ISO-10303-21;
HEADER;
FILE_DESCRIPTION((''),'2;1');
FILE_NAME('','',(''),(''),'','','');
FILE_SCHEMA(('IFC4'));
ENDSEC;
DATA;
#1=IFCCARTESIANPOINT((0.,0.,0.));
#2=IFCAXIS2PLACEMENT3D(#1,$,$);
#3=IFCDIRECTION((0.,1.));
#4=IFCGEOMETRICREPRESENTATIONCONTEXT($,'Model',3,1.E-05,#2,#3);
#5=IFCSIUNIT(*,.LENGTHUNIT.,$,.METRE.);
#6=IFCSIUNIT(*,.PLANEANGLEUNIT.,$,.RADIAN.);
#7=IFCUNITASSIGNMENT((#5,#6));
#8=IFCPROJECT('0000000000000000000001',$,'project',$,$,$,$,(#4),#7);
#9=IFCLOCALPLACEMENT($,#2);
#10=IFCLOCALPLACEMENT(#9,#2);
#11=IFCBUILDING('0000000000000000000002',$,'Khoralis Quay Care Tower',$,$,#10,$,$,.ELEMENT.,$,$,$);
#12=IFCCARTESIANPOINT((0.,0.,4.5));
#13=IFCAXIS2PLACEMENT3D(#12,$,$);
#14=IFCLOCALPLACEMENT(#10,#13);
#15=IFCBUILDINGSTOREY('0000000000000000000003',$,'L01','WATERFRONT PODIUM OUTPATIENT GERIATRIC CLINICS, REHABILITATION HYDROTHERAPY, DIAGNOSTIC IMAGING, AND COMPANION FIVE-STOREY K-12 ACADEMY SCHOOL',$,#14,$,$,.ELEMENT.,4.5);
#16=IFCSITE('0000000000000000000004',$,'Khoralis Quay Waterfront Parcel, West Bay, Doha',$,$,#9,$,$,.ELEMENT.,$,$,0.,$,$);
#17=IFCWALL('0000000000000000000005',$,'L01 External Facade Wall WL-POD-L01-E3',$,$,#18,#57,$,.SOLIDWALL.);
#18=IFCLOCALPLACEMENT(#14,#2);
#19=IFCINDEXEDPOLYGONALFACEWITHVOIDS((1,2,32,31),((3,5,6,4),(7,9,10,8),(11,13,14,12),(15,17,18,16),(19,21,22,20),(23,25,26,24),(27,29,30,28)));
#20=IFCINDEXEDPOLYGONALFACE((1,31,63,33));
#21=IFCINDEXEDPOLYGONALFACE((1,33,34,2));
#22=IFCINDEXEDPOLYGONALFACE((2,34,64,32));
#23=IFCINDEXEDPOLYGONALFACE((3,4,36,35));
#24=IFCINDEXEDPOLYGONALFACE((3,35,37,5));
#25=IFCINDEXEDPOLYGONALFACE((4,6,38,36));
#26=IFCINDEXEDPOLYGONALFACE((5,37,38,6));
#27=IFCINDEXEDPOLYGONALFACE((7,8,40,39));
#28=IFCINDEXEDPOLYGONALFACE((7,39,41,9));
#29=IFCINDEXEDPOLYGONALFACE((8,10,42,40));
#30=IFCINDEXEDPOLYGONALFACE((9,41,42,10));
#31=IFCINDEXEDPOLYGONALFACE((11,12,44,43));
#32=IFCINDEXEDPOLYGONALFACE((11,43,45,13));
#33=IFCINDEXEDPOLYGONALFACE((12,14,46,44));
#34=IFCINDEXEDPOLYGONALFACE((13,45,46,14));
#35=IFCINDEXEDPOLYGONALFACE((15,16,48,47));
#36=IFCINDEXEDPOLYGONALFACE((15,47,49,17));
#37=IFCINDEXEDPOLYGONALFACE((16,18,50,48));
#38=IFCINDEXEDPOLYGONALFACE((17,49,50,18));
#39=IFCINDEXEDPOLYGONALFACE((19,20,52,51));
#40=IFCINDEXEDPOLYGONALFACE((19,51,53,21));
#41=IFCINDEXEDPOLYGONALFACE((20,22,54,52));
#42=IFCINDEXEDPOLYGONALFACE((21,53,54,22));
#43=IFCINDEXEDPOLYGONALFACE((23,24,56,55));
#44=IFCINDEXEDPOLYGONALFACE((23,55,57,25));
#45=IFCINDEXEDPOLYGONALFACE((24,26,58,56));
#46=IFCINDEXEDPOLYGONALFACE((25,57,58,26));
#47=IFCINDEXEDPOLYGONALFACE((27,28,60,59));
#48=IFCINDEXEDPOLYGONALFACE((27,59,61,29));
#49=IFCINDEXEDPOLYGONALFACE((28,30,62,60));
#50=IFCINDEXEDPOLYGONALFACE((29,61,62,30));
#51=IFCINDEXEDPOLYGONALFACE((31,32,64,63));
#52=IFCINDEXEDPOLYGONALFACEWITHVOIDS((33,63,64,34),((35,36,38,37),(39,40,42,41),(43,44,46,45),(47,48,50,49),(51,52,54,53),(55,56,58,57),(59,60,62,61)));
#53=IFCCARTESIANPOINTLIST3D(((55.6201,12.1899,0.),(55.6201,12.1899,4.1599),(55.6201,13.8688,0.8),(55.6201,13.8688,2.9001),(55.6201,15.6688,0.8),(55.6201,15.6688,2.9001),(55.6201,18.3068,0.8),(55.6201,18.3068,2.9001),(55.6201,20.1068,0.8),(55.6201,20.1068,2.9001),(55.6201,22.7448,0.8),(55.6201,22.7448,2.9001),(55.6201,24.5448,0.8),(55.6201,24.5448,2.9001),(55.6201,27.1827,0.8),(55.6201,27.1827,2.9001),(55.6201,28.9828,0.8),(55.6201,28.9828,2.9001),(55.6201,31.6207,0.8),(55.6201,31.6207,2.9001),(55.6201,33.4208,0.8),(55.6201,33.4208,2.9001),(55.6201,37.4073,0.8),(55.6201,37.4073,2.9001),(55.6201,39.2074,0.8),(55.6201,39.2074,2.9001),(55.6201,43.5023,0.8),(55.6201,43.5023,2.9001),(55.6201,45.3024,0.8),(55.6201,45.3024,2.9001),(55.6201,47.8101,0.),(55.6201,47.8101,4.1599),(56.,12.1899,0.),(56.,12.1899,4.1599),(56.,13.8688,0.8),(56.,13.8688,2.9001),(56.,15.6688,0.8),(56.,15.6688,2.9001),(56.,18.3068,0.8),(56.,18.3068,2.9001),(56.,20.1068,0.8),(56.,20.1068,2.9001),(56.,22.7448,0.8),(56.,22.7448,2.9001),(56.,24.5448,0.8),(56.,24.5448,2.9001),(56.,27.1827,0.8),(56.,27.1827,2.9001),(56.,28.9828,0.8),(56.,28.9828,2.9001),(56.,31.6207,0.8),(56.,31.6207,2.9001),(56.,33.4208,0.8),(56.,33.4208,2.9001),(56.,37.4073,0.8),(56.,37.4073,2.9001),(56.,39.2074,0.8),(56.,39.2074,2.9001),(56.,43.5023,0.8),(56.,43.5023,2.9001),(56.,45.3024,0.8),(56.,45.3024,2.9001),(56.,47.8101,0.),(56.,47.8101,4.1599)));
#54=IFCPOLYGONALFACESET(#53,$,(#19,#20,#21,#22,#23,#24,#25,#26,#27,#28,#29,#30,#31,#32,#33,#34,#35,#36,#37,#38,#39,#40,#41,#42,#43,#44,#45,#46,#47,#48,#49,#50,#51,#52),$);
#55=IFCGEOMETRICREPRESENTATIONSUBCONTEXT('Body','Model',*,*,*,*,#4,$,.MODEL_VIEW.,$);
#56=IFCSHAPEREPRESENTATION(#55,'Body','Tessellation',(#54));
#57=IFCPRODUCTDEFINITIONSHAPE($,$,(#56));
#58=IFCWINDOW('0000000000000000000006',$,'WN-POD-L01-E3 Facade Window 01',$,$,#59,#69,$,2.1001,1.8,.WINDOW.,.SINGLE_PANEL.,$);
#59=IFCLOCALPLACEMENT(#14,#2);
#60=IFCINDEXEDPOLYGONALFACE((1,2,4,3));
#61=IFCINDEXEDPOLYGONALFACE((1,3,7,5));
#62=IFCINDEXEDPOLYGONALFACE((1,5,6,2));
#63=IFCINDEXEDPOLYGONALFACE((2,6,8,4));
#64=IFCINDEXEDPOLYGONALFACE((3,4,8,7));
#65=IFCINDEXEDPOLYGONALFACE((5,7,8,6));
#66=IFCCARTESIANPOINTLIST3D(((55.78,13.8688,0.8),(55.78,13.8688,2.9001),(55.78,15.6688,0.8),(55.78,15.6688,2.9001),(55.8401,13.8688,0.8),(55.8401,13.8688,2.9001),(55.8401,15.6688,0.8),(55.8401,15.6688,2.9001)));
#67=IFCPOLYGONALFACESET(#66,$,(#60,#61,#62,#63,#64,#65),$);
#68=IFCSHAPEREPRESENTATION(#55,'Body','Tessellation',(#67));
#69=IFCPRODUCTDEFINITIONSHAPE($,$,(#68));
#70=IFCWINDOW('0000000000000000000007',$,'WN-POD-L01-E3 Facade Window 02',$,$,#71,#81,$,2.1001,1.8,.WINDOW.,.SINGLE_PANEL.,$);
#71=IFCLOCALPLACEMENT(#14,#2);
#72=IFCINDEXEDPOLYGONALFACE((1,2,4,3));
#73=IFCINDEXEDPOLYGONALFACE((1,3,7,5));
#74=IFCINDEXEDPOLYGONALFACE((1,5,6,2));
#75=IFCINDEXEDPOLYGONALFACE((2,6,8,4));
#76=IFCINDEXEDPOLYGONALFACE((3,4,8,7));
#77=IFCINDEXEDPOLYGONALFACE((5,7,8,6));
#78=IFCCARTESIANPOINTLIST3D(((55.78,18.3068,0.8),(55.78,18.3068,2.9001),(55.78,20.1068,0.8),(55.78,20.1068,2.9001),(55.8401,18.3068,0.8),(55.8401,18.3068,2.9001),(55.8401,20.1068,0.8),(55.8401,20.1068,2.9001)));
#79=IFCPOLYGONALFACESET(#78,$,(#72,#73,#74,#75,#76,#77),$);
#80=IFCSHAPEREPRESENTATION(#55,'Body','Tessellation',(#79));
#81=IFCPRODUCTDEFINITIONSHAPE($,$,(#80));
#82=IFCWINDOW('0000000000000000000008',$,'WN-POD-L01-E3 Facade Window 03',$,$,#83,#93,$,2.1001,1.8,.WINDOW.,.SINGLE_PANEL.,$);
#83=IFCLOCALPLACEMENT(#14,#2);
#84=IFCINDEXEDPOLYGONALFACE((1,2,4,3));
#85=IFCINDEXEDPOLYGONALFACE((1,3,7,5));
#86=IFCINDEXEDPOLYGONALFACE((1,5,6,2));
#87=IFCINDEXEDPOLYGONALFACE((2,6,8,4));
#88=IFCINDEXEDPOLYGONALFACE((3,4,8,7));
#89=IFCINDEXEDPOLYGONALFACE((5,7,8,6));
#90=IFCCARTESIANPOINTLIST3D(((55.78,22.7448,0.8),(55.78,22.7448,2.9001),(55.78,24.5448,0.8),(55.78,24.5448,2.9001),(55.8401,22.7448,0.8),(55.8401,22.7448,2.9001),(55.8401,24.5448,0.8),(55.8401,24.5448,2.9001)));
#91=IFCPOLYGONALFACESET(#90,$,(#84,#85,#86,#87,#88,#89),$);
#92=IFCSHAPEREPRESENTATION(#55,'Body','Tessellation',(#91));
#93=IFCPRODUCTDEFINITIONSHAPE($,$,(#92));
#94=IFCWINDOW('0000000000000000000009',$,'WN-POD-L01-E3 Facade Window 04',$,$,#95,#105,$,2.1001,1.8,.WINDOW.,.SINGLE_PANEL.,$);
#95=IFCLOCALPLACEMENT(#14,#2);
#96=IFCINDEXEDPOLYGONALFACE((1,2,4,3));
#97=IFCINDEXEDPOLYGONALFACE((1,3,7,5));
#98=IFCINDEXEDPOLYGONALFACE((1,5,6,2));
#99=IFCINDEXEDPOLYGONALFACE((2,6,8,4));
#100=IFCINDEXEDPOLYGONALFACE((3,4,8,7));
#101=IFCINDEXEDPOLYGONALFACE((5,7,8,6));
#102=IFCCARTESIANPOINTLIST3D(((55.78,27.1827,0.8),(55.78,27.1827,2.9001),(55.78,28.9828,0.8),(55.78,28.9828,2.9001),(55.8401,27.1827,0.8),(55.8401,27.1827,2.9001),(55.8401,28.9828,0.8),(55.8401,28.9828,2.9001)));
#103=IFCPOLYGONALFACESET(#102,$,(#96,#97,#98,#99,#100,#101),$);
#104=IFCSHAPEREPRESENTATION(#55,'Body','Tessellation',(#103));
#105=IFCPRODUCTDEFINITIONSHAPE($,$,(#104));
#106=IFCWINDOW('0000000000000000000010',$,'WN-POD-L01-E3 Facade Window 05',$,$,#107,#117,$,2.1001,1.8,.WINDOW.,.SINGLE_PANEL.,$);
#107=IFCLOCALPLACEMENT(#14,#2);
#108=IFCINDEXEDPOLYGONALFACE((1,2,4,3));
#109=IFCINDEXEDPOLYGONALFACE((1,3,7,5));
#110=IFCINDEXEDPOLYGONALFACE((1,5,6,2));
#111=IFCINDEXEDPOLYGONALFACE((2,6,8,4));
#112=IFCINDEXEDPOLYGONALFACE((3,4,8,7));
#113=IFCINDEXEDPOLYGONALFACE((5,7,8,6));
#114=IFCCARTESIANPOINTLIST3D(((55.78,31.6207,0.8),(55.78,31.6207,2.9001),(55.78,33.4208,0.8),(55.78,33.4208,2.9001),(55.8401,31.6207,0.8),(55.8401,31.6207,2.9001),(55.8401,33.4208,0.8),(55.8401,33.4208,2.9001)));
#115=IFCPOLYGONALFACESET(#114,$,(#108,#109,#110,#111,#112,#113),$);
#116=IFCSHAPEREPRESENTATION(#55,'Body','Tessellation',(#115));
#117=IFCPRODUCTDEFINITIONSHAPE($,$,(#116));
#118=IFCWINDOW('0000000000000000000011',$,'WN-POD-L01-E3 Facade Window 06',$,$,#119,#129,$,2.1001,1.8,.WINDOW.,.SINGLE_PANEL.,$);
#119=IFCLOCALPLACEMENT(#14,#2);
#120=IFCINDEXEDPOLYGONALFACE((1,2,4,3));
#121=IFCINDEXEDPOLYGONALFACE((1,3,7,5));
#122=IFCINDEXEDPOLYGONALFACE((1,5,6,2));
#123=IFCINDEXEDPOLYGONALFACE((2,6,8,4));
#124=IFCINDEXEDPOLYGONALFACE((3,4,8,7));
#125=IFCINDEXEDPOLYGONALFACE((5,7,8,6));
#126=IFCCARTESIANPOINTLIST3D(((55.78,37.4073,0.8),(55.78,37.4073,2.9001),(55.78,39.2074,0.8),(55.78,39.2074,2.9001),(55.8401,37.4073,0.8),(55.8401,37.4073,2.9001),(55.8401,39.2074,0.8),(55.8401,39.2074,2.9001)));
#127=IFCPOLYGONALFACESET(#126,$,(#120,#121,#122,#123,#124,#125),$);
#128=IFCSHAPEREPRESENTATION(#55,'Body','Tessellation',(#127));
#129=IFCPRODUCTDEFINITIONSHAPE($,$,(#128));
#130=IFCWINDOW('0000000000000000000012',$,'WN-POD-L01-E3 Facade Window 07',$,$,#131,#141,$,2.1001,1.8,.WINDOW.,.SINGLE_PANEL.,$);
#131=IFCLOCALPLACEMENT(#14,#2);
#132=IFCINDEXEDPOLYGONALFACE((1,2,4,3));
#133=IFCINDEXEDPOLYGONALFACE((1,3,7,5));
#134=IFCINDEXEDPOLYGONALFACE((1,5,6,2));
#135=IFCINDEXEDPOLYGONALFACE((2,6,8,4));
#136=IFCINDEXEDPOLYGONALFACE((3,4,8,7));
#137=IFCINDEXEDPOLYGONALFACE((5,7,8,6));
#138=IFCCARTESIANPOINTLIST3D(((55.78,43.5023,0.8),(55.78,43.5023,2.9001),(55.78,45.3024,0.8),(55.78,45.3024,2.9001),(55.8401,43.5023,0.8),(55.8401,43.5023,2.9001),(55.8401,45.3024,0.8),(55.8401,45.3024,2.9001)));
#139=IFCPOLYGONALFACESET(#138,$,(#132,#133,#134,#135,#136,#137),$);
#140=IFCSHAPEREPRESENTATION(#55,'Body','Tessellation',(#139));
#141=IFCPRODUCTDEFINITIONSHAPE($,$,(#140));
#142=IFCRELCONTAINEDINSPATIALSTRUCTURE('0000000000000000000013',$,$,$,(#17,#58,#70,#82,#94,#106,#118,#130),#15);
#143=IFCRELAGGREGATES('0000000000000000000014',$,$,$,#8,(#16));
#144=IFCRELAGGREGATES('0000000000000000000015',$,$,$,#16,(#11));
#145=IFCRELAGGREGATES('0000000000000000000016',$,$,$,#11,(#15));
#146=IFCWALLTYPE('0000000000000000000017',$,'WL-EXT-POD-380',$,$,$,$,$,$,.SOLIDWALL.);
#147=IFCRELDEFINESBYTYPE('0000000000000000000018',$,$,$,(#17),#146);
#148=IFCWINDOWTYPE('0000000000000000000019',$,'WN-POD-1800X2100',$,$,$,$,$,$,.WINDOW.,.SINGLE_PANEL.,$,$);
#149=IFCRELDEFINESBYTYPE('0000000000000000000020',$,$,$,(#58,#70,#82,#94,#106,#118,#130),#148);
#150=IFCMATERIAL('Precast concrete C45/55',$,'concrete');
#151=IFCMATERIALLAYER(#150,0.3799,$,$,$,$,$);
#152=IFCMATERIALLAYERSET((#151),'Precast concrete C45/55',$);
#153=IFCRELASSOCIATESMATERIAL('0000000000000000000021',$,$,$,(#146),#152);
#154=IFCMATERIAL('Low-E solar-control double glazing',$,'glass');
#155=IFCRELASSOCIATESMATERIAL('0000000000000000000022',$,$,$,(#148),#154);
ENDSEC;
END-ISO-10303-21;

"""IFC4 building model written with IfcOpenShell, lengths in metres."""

from ifc_helpers import new_model, si_unit, direction, frame, frame_2d, origin, place, context, subcontext, project, spatial, rectangle, extrude, source, transform, mapped, material, layer, layer_set, type_object, element, fill, save


model = new_model("IFC4")

# Units and contexts
model_context = context("Model", 3, precision=1e-05, world=origin(), true_north=direction((0.0, 1.0)))
body_context = subcontext(model_context, "Body", "Model", "MODEL_VIEW")
ifc_project = project(units=[si_unit("LENGTHUNIT", "METRE"), si_unit("PLANEANGLEUNIT", "RADIAN")], contexts=[model_context])

# Site, building, storey
site_placement = place(None, origin())
site = spatial("IfcSite", under=ifc_project, at=site_placement, Name="Khoralis Quay Waterfront Parcel, West Bay, Doha", CompositionType="ELEMENT", RefElevation=0.0)
building_placement = place(site_placement, origin())
building = spatial("IfcBuilding", under=site, at=building_placement, Name="Khoralis Quay Care Tower", CompositionType="ELEMENT")
storey_placement = place(building_placement, frame((0.0, 0.0, 4.5)))
storey = spatial("IfcBuildingStorey", under=building, at=storey_placement, Name="L01", Description="WATERFRONT PODIUM OUTPATIENT GERIATRIC CLINICS, REHABILITATION HYDROTHERAPY, DIAGNOSTIC IMAGING, AND COMPANION FIVE-STOREY K-12 ACADEMY SCHOOL", CompositionType="ELEMENT", Elevation=4.5)

# Wall, openings, windows
ifc_material_1 = material(Name="Precast concrete C45/55", Category="concrete")
ifc_layer_1 = layer(ifc_material_1, 0.3799)
ifc_layer_set_1 = layer_set([ifc_layer_1], Name="Precast concrete C45/55")
wall_type_1 = type_object("IfcWallType", Name="WL-EXT-POD-380", PredefinedType="SOLIDWALL", material=ifc_layer_set_1)
wall_1_placement = place(storey_placement, frame((55.8101, 12.1899, 0.0), z_axis=(0.0, 0.0, 1.0), x_axis=(0.0, 1.0, 0.0)))
wall_1 = element("IfcWall", 1, at=wall_1_placement, inside=storey, type_object=wall_type_1, Name="L01 External Facade Wall WL-POD-L01-E3", PredefinedType="SOLIDWALL", context=body_context, shape_type="SweptSolid", body=[
    extrude(rectangle(XDim=35.6201, YDim=0.3799, at=frame_2d((17.8101, 0.0))), origin(), (0.0, 0.0, 1.0), 4.1599),
])
opening_1_placement = place(wall_1_placement, frame((1.679, 0.0, 0.8)))
opening_1 = element("IfcOpeningElement", 2, at=opening_1_placement, cuts=wall_1, PredefinedType="OPENING", context=body_context, shape_type="SweptSolid", body=[
    extrude(rectangle(XDim=1.8, YDim=2.1001, at=frame_2d((0.8999, 1.05))), frame((0.0, 0.2, 0.0), z_axis=(0.0, -1.0, 0.0), x_axis=(1.0, 0.0, 0.0)), (0.0, 0.0, 1.0), 0.3999),
])
opening_2_placement = place(wall_1_placement, frame((6.1169, 0.0, 0.8)))
opening_2 = element("IfcOpeningElement", 3, at=opening_2_placement, cuts=wall_1, PredefinedType="OPENING", context=body_context, shape_type="SweptSolid", body=[
    extrude(rectangle(XDim=1.8, YDim=2.1001, at=frame_2d((0.8999, 1.05))), frame((0.0, 0.2, 0.0), z_axis=(0.0, -1.0, 0.0), x_axis=(1.0, 0.0, 0.0)), (0.0, 0.0, 1.0), 0.3999),
])
opening_3_placement = place(wall_1_placement, frame((10.5549, 0.0, 0.8)))
opening_3 = element("IfcOpeningElement", 4, at=opening_3_placement, cuts=wall_1, PredefinedType="OPENING", context=body_context, shape_type="SweptSolid", body=[
    extrude(rectangle(XDim=1.8, YDim=2.1001, at=frame_2d((0.8999, 1.05))), frame((0.0, 0.2, 0.0), z_axis=(0.0, -1.0, 0.0), x_axis=(1.0, 0.0, 0.0)), (0.0, 0.0, 1.0), 0.3999),
])
opening_4_placement = place(wall_1_placement, frame((14.9929, 0.0, 0.8)))
opening_4 = element("IfcOpeningElement", 5, at=opening_4_placement, cuts=wall_1, PredefinedType="OPENING", context=body_context, shape_type="SweptSolid", body=[
    extrude(rectangle(XDim=1.8, YDim=2.1001, at=frame_2d((0.8999, 1.05))), frame((0.0, 0.2, 0.0), z_axis=(0.0, -1.0, 0.0), x_axis=(1.0, 0.0, 0.0)), (0.0, 0.0, 1.0), 0.3999),
])
opening_5_placement = place(wall_1_placement, frame((19.4309, 0.0, 0.8)))
opening_5 = element("IfcOpeningElement", 6, at=opening_5_placement, cuts=wall_1, PredefinedType="OPENING", context=body_context, shape_type="SweptSolid", body=[
    extrude(rectangle(XDim=1.8, YDim=2.1001, at=frame_2d((0.8999, 1.05))), frame((0.0, 0.2, 0.0), z_axis=(0.0, -1.0, 0.0), x_axis=(1.0, 0.0, 0.0)), (0.0, 0.0, 1.0), 0.3999),
])
opening_6_placement = place(wall_1_placement, frame((25.2175, 0.0, 0.8)))
opening_6 = element("IfcOpeningElement", 7, at=opening_6_placement, cuts=wall_1, PredefinedType="OPENING", context=body_context, shape_type="SweptSolid", body=[
    extrude(rectangle(XDim=1.8, YDim=2.1001, at=frame_2d((0.8999, 1.05))), frame((0.0, 0.2, 0.0), z_axis=(0.0, -1.0, 0.0), x_axis=(1.0, 0.0, 0.0)), (0.0, 0.0, 1.0), 0.3999),
])
opening_7_placement = place(wall_1_placement, frame((31.3125, 0.0, 0.8)))
opening_7 = element("IfcOpeningElement", 8, at=opening_7_placement, cuts=wall_1, PredefinedType="OPENING", context=body_context, shape_type="SweptSolid", body=[
    extrude(rectangle(XDim=1.8, YDim=2.1001, at=frame_2d((0.8999, 1.05))), frame((0.0, 0.2, 0.0), z_axis=(0.0, -1.0, 0.0), x_axis=(1.0, 0.0, 0.0)), (0.0, 0.0, 1.0), 0.3999),
])
ifc_material_2 = material(Name="Low-E solar-control double glazing", Category="glass")
window_type_1 = type_object("IfcWindowType", Name="WN-POD-1800X2100", PartitioningType="SINGLE_PANEL", PredefinedType="WINDOW", material=ifc_material_2)
shared_shape_1 = source(origin(), body_context, "Body", "SweptSolid", [
    extrude(rectangle(XDim=1.8, YDim=2.1001, at=frame_2d((0.8999, 1.05))), frame((0.0, 0.03, 0.0), z_axis=(0.0, -1.0, 0.0), x_axis=(1.0, 0.0, 0.0)), (0.0, 0.0, 1.0), 0.0601),
])
window_1_placement = place(opening_1_placement, origin())
window_1 = element("IfcWindow", 9, at=window_1_placement, inside=storey, type_object=window_type_1, Name="WN-POD-L01-E3 Facade Window 01", OverallHeight=2.1001, OverallWidth=1.8, PartitioningType="SINGLE_PANEL", PredefinedType="WINDOW", context=body_context, shape_type="MappedRepresentation", body=[
    mapped(shared_shape_1, transform((0.0, 0.0, 0.0), scale=1.0)),
])
fill(opening_1, window_1)
window_2_placement = place(opening_2_placement, origin())
window_2 = element("IfcWindow", 10, at=window_2_placement, inside=storey, type_object=window_type_1, Name="WN-POD-L01-E3 Facade Window 02", OverallHeight=2.1001, OverallWidth=1.8, PartitioningType="SINGLE_PANEL", PredefinedType="WINDOW", context=body_context, shape_type="MappedRepresentation", body=[
    mapped(shared_shape_1, transform((0.0, 0.0, 0.0), scale=1.0)),
])
fill(opening_2, window_2)
window_3_placement = place(opening_3_placement, origin())
window_3 = element("IfcWindow", 11, at=window_3_placement, inside=storey, type_object=window_type_1, Name="WN-POD-L01-E3 Facade Window 03", OverallHeight=2.1001, OverallWidth=1.8, PartitioningType="SINGLE_PANEL", PredefinedType="WINDOW", context=body_context, shape_type="MappedRepresentation", body=[
    mapped(shared_shape_1, transform((0.0, 0.0, 0.0), scale=1.0)),
])
fill(opening_3, window_3)
window_4_placement = place(opening_4_placement, origin())
window_4 = element("IfcWindow", 12, at=window_4_placement, inside=storey, type_object=window_type_1, Name="WN-POD-L01-E3 Facade Window 04", OverallHeight=2.1001, OverallWidth=1.8, PartitioningType="SINGLE_PANEL", PredefinedType="WINDOW", context=body_context, shape_type="MappedRepresentation", body=[
    mapped(shared_shape_1, transform((0.0, 0.0, 0.0), scale=1.0)),
])
fill(opening_4, window_4)
window_5_placement = place(opening_5_placement, origin())
window_5 = element("IfcWindow", 13, at=window_5_placement, inside=storey, type_object=window_type_1, Name="WN-POD-L01-E3 Facade Window 05", OverallHeight=2.1001, OverallWidth=1.8, PartitioningType="SINGLE_PANEL", PredefinedType="WINDOW", context=body_context, shape_type="MappedRepresentation", body=[
    mapped(shared_shape_1, transform((0.0, 0.0, 0.0), scale=1.0)),
])
fill(opening_5, window_5)
window_6_placement = place(opening_6_placement, origin())
window_6 = element("IfcWindow", 14, at=window_6_placement, inside=storey, type_object=window_type_1, Name="WN-POD-L01-E3 Facade Window 06", OverallHeight=2.1001, OverallWidth=1.8, PartitioningType="SINGLE_PANEL", PredefinedType="WINDOW", context=body_context, shape_type="MappedRepresentation", body=[
    mapped(shared_shape_1, transform((0.0, 0.0, 0.0), scale=1.0)),
])
fill(opening_6, window_6)
window_7_placement = place(opening_7_placement, origin())
window_7 = element("IfcWindow", 15, at=window_7_placement, inside=storey, type_object=window_type_1, Name="WN-POD-L01-E3 Facade Window 07", OverallHeight=2.1001, OverallWidth=1.8, PartitioningType="SINGLE_PANEL", PredefinedType="WINDOW", context=body_context, shape_type="MappedRepresentation", body=[
    mapped(shared_shape_1, transform((0.0, 0.0, 0.0), scale=1.0)),
])
fill(opening_7, window_7)

save(model, "model.ifc")
